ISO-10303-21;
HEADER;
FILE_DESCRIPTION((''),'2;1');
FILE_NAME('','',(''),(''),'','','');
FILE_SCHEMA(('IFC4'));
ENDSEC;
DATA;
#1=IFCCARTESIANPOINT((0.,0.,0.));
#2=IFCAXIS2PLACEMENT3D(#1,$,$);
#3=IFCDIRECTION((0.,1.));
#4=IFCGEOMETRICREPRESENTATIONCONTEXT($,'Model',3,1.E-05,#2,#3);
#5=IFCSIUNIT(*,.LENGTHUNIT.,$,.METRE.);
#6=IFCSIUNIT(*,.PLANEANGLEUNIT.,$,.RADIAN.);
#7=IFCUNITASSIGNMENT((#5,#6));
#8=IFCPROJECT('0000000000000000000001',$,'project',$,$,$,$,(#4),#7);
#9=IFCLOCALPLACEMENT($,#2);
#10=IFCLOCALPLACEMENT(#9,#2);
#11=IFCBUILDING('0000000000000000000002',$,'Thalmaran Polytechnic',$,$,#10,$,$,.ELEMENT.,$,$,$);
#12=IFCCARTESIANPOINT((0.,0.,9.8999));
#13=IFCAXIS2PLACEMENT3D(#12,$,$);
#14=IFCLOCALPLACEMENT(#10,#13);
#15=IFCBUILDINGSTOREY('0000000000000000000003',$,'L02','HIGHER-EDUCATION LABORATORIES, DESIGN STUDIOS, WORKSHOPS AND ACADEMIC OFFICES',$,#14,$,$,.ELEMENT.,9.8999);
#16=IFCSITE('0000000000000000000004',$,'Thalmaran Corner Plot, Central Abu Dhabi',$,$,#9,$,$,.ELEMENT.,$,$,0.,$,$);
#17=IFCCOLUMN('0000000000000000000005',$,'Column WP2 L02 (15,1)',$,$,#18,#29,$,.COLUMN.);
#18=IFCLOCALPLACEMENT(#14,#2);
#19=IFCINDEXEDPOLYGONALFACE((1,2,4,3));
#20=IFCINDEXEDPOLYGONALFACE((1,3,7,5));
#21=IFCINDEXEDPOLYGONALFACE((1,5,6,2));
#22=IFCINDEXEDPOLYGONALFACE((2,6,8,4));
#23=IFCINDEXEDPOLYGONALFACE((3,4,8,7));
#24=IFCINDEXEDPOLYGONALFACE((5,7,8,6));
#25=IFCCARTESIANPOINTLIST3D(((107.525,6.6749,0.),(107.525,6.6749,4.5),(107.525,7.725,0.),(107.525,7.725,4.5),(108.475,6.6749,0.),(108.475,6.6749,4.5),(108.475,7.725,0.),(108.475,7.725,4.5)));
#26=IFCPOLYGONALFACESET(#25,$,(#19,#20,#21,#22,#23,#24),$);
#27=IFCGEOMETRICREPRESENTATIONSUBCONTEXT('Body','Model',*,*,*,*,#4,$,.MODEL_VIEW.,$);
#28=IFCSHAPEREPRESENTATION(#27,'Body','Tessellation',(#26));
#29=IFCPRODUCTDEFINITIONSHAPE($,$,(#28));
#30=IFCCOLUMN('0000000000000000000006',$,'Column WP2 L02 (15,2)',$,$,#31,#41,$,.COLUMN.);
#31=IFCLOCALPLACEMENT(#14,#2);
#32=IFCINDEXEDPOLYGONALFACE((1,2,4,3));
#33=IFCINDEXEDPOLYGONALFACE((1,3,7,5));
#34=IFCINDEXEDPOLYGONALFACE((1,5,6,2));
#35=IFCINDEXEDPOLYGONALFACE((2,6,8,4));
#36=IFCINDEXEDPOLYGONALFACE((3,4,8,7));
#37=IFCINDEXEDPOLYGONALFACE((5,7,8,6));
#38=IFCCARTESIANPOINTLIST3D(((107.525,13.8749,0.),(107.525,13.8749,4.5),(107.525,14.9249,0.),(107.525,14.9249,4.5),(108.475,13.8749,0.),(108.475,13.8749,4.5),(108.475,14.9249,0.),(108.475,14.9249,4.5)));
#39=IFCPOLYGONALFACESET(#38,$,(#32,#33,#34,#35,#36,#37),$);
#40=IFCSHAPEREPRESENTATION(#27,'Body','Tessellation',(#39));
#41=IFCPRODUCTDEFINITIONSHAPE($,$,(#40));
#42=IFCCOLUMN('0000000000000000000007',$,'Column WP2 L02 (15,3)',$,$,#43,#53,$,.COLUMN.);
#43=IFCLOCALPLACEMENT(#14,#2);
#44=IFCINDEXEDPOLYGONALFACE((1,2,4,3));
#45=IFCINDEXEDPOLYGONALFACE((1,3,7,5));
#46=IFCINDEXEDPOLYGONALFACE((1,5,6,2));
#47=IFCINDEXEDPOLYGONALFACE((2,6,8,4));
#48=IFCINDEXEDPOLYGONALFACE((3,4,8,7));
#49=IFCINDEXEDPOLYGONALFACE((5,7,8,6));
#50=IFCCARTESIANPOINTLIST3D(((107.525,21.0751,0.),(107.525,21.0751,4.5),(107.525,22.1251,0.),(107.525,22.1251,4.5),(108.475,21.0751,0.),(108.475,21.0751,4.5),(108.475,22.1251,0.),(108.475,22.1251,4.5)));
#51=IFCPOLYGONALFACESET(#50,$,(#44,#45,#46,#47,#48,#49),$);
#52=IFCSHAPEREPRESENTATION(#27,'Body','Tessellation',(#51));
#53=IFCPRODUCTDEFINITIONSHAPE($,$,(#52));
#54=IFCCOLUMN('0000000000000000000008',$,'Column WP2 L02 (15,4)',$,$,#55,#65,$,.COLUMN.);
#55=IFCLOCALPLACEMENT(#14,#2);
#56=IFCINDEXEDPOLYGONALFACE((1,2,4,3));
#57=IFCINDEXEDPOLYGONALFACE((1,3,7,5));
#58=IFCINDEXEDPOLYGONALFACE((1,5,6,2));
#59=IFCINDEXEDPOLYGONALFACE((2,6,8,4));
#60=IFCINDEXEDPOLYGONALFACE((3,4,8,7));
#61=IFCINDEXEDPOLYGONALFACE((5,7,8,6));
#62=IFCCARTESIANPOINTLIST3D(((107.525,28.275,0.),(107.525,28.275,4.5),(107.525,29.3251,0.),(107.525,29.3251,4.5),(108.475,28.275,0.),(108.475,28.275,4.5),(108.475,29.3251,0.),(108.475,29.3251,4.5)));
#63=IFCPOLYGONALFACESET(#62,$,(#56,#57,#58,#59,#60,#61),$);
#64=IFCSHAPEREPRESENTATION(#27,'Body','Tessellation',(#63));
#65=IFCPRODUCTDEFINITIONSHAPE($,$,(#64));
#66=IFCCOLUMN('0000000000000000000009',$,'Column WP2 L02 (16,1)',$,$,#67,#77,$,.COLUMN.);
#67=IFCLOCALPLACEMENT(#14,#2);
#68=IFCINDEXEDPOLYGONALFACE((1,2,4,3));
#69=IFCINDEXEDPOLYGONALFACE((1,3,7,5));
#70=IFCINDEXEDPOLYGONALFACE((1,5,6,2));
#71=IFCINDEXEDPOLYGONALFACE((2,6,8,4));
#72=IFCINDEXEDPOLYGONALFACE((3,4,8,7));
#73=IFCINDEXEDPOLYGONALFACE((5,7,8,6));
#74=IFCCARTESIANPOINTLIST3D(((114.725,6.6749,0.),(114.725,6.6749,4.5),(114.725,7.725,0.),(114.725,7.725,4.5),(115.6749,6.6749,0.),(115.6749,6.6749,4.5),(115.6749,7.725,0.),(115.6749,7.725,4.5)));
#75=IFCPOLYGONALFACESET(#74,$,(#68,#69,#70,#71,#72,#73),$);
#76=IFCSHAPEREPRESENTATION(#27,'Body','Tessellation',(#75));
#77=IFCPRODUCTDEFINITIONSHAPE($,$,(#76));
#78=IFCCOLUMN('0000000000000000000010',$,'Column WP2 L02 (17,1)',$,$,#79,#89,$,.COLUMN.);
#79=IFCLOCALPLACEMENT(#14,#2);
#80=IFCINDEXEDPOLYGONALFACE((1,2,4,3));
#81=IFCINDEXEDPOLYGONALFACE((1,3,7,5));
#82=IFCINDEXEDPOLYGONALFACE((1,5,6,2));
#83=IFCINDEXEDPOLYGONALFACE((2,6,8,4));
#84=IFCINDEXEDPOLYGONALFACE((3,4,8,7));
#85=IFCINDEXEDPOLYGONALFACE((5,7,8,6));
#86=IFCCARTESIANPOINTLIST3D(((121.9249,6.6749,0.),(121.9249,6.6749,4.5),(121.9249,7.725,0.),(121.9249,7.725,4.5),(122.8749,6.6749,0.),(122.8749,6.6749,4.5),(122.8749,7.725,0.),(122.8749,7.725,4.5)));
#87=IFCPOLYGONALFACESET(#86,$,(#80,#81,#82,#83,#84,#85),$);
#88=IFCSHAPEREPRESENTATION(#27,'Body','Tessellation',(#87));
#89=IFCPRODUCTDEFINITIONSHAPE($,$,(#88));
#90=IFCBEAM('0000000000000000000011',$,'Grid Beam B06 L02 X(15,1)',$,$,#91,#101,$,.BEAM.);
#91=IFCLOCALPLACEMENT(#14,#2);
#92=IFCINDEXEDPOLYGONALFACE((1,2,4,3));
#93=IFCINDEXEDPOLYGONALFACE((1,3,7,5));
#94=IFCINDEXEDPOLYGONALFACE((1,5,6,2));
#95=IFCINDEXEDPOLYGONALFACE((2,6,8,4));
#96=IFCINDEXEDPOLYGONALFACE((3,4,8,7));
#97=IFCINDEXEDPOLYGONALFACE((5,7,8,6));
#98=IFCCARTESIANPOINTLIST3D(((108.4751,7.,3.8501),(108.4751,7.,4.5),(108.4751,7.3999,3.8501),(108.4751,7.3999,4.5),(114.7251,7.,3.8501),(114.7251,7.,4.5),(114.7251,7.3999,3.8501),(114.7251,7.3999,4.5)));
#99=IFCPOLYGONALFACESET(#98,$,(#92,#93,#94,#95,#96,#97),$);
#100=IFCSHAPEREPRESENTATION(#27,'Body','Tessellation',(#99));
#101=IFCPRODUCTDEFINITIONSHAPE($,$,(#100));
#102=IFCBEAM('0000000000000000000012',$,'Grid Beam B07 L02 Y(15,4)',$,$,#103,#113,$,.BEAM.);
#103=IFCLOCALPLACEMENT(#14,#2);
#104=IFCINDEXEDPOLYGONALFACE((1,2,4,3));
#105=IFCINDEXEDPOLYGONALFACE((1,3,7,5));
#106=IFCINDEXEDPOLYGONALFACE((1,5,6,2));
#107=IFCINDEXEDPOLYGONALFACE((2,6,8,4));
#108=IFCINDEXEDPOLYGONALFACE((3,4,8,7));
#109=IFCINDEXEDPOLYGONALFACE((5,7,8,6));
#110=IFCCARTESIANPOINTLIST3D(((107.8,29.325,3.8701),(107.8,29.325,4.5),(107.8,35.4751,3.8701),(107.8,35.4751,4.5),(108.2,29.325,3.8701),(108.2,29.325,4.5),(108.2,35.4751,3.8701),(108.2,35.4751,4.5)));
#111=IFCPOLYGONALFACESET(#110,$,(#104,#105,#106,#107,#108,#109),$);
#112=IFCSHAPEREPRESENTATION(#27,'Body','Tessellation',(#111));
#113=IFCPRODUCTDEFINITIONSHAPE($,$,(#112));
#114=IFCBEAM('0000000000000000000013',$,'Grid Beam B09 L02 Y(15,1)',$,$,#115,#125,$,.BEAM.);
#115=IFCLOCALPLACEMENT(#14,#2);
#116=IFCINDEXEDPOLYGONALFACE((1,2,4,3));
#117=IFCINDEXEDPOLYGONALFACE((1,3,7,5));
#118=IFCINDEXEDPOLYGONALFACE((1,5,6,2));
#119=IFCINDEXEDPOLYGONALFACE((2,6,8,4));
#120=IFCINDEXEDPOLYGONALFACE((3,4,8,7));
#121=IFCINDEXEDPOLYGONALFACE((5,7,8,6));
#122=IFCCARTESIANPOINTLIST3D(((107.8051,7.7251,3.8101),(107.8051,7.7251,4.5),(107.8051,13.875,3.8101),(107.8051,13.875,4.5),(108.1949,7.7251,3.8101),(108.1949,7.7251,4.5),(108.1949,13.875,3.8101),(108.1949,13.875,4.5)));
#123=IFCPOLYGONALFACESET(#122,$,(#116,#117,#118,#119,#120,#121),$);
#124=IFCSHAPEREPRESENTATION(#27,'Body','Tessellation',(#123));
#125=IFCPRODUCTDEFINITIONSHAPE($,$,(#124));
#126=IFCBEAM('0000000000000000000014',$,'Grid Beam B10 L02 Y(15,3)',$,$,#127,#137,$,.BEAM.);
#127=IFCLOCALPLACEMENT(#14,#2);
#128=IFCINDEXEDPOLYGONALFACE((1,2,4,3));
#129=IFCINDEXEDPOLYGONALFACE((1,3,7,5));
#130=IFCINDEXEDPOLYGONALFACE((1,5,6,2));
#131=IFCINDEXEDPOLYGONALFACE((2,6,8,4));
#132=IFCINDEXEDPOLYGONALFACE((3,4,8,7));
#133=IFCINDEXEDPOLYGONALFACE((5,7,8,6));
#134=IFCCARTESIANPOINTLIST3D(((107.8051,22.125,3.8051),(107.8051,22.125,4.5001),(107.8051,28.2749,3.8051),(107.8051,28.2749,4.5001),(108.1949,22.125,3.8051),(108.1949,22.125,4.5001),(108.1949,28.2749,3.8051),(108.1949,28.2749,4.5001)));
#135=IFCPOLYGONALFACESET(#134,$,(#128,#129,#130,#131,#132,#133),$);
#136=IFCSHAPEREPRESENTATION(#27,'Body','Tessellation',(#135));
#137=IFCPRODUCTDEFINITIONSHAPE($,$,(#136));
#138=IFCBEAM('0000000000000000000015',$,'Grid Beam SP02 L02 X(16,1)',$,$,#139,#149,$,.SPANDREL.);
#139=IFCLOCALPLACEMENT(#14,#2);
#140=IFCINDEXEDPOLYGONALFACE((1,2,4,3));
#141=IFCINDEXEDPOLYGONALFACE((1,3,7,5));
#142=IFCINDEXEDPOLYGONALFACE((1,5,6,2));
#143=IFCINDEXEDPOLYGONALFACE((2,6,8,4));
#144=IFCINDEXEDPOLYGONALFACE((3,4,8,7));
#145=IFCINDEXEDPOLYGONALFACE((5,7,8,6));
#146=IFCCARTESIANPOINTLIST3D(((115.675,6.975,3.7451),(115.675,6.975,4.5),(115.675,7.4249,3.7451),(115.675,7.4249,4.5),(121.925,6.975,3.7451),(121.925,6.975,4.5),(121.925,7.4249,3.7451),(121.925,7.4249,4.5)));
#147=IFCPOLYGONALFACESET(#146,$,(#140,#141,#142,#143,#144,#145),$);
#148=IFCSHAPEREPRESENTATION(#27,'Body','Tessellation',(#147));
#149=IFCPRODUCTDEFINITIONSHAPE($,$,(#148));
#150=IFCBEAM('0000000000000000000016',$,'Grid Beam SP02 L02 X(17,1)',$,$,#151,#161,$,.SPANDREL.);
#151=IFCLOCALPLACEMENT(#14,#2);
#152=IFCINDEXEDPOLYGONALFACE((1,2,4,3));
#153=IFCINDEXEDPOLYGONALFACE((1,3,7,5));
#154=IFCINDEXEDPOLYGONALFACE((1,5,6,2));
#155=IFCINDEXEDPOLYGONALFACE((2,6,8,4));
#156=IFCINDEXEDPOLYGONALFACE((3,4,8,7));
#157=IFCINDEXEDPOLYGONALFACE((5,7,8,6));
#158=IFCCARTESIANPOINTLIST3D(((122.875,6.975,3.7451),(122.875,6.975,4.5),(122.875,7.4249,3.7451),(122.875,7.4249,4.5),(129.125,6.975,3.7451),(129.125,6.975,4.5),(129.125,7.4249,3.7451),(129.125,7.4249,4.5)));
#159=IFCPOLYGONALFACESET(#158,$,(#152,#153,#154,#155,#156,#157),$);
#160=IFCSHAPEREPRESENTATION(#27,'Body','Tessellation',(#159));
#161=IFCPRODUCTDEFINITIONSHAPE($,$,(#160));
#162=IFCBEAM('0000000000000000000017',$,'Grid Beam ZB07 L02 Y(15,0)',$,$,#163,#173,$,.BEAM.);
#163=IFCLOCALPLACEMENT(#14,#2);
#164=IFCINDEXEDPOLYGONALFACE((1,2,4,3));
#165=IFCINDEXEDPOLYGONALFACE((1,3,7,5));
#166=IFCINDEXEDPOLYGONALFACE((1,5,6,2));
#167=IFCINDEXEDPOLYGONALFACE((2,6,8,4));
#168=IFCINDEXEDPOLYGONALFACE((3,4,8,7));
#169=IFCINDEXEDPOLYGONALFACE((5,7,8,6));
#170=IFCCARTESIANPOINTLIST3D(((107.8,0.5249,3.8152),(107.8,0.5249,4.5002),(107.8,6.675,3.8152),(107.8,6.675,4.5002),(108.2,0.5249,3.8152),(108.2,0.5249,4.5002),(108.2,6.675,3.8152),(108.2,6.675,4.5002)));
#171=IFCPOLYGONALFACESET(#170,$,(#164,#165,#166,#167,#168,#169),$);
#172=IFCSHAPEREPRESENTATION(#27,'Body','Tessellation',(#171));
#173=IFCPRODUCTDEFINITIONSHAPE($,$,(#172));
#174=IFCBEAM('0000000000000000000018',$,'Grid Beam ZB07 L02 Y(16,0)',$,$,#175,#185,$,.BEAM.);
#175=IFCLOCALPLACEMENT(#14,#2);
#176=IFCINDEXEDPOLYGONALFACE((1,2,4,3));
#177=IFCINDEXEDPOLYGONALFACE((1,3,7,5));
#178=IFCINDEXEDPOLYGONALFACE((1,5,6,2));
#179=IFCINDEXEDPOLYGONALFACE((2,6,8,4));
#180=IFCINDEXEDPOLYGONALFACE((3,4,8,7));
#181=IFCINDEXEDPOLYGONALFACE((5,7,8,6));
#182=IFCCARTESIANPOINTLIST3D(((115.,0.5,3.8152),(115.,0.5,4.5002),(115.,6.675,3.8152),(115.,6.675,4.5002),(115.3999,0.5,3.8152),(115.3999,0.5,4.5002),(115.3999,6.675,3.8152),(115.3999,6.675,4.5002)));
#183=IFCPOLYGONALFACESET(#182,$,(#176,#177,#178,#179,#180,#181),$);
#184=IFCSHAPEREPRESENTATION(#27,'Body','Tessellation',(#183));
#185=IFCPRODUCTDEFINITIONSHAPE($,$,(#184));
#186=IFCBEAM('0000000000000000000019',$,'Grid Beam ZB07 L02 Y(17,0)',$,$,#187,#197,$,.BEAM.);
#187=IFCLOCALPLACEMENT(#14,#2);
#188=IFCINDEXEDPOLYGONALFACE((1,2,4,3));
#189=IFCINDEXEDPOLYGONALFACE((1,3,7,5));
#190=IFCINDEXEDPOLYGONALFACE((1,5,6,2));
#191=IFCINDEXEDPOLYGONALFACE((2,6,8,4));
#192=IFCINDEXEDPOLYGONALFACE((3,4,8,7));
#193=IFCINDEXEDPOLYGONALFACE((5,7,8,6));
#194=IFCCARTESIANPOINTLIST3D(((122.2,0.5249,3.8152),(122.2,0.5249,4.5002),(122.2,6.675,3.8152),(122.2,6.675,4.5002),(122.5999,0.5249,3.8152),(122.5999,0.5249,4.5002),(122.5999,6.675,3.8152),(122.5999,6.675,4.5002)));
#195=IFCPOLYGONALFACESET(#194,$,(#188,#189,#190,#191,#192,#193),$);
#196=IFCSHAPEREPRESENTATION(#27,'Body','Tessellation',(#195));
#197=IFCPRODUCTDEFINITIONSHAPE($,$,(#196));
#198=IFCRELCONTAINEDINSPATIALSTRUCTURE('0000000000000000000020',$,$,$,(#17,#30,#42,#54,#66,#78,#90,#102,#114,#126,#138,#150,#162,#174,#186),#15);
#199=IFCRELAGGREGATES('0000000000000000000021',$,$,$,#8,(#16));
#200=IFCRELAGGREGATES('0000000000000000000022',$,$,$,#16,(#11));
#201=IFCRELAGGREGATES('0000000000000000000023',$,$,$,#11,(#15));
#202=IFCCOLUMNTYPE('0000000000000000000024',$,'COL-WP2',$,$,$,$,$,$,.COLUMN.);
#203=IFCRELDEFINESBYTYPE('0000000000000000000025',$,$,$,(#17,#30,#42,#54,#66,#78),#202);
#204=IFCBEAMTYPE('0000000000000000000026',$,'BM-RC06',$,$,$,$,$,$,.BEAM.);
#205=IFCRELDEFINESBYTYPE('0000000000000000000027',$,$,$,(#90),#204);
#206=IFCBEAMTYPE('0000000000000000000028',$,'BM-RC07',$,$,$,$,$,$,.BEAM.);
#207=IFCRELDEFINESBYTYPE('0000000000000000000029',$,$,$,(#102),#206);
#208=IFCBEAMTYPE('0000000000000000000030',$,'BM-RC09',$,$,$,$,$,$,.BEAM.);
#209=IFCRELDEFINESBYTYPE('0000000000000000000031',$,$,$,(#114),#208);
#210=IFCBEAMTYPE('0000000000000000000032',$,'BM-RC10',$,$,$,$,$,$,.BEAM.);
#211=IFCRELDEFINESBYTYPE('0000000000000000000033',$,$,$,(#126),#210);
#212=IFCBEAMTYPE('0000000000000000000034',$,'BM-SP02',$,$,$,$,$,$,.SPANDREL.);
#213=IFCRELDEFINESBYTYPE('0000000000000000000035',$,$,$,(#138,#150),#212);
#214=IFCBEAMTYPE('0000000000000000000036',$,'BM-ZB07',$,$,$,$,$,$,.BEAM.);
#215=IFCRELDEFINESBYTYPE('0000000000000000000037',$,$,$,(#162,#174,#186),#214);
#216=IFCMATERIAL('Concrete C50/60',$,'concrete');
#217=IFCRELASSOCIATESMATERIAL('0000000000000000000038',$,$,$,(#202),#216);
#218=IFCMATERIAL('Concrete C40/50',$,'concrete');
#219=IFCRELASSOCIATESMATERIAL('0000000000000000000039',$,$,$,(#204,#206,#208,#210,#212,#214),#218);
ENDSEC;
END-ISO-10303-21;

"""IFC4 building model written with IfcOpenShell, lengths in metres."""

from ifc_helpers import new_model, si_unit, direction, frame, origin, origin_2d, place, context, subcontext, project, spatial, rectangle, extrude, material, material_profile, profile_set, type_object, element, save


model = new_model("IFC4")

# Units and contexts
model_context = context("Model", 3, precision=1e-05, world=origin(), true_north=direction((0.0, 1.0)))
body_context = subcontext(model_context, "Body", "Model", "MODEL_VIEW")
ifc_project = project(units=[si_unit("LENGTHUNIT", "METRE"), si_unit("PLANEANGLEUNIT", "RADIAN")], contexts=[model_context])

# Site, building, storey
site_placement = place(None, origin())
site = spatial("IfcSite", under=ifc_project, at=site_placement, Name="Thalmaran Corner Plot, Central Abu Dhabi", CompositionType="ELEMENT", RefElevation=0.0)
building_placement = place(site_placement, origin())
building = spatial("IfcBuilding", under=site, at=building_placement, Name="Thalmaran Polytechnic", CompositionType="ELEMENT")
storey_placement = place(building_placement, frame((0.0, 0.0, 9.8999)))
storey = spatial("IfcBuildingStorey", under=building, at=storey_placement, Name="L02", Description="HIGHER-EDUCATION LABORATORIES, DESIGN STUDIOS, WORKSHOPS AND ACADEMIC OFFICES", CompositionType="ELEMENT", Elevation=9.8999)

# Columns
ifc_material_1 = material(Name="Concrete C50/60", Category="concrete")
ifc_material_profile_1 = material_profile(ifc_material_1, rectangle(XDim=0.95, YDim=1.05, at=origin_2d()), Name="RC 950x1050")
ifc_profile_set_1 = profile_set([ifc_material_profile_1], Name="Concrete C50/60")
column_type = type_object("IfcColumnType", Name="COL-WP2", PredefinedType="COLUMN", material=ifc_profile_set_1)
for number, where, z_axis, x_axis, name in (
    (1, (108.0, 7.2, 0.0), (0.0, 0.0, 1.0), (1.0, 0.0, 0.0), "Column WP2 L02 (15,1)"),
    (2, (108.0, 14.3999, 0.0), (0.0, 0.0, 1.0), (1.0, 0.0, 0.0), "Column WP2 L02 (15,2)"),
    (3, (108.0, 21.6001, 0.0), (0.0, 0.0, 1.0), (1.0, 0.0, 0.0), "Column WP2 L02 (15,3)"),
    (4, (108.0, 28.8, 0.0), (0.0, 0.0, 1.0), (1.0, 0.0, 0.0), "Column WP2 L02 (15,4)"),
    (5, (115.2, 7.2, 0.0), (0.0, 0.0, 1.0), (1.0, 0.0, 0.0), "Column WP2 L02 (16,1)"),
    (6, (122.3999, 7.2, 0.0), (0.0, 0.0, 1.0), (1.0, 0.0, 0.0), "Column WP2 L02 (17,1)"),
):
    element("IfcColumn", number, at=place(storey_placement, frame(where, z_axis=z_axis, x_axis=x_axis)), inside=storey, type_object=column_type, Name=name, PredefinedType="COLUMN", context=body_context, shape_type="SweptSolid", body=[
        extrude(rectangle(XDim=0.95, YDim=1.05, at=origin_2d()), origin(), (0.0, 0.0, 1.0), 4.5),
    ])

# Beams
ifc_material_2 = material(Name="Concrete C40/50", Category="concrete")
ifc_material_profile_2 = material_profile(ifc_material_2, rectangle(XDim=0.3999, YDim=0.6499, at=origin_2d()), Name="RC 400x650")
ifc_profile_set_2 = profile_set([ifc_material_profile_2], Name="Concrete C40/50")
beam_type_1 = type_object("IfcBeamType", Name="BM-RC06", PredefinedType="BEAM", material=ifc_profile_set_2)
beam_1_placement = place(storey_placement, frame((108.4751, 7.2, 4.175), z_axis=(1.0, 0.0, 0.0), x_axis=(0.0, 1.0, 0.0)))
element("IfcBeam", 7, at=beam_1_placement, inside=storey, type_object=beam_type_1, Name="Grid Beam B06 L02 X(15,1)", PredefinedType="BEAM", context=body_context, shape_type="SweptSolid", body=[
    extrude(rectangle(XDim=0.3999, YDim=0.6499, at=origin_2d()), origin(), (0.0, 0.0, 1.0), 6.25),
])
ifc_material_profile_3 = material_profile(ifc_material_2, rectangle(XDim=0.3999, YDim=0.6299, at=origin_2d()), Name="RC 400x630")
ifc_profile_set_3 = profile_set([ifc_material_profile_3], Name="Concrete C40/50")
beam_type_2 = type_object("IfcBeamType", Name="BM-RC07", PredefinedType="BEAM", material=ifc_profile_set_3)
beam_2_placement = place(storey_placement, frame((108.0, 29.325, 4.1851), z_axis=(0.0, 1.0, 0.0), x_axis=(-1.0, 0.0, 0.0)))
element("IfcBeam", 8, at=beam_2_placement, inside=storey, type_object=beam_type_2, Name="Grid Beam B07 L02 Y(15,4)", PredefinedType="BEAM", context=body_context, shape_type="SweptSolid", body=[
    extrude(rectangle(XDim=0.3999, YDim=0.6299, at=origin_2d()), origin(), (0.0, 0.0, 1.0), 6.1501),
])
ifc_material_profile_4 = material_profile(ifc_material_2, rectangle(XDim=0.3899, YDim=0.6899, at=origin_2d()), Name="RC 390x690")
ifc_profile_set_4 = profile_set([ifc_material_profile_4], Name="Concrete C40/50")
beam_type_3 = type_object("IfcBeamType", Name="BM-RC09", PredefinedType="BEAM", material=ifc_profile_set_4)
beam_3_placement = place(storey_placement, frame((108.0, 7.7251, 4.155), z_axis=(0.0, 1.0, 0.0), x_axis=(-1.0, 0.0, 0.0)))
element("IfcBeam", 9, at=beam_3_placement, inside=storey, type_object=beam_type_3, Name="Grid Beam B09 L02 Y(15,1)", PredefinedType="BEAM", context=body_context, shape_type="SweptSolid", body=[
    extrude(rectangle(XDim=0.3899, YDim=0.6899, at=origin_2d()), origin(), (0.0, 0.0, 1.0), 6.1499),
])
ifc_material_profile_5 = material_profile(ifc_material_2, rectangle(XDim=0.3899, YDim=0.6951, at=origin_2d()), Name="RC 390x695")
ifc_profile_set_5 = profile_set([ifc_material_profile_5], Name="Concrete C40/50")
beam_type_4 = type_object("IfcBeamType", Name="BM-RC10", PredefinedType="BEAM", material=ifc_profile_set_5)
beam_4_placement = place(storey_placement, frame((108.0, 22.125, 4.1526), z_axis=(0.0, 1.0, 0.0), x_axis=(-1.0, 0.0, 0.0)))
element("IfcBeam", 10, at=beam_4_placement, inside=storey, type_object=beam_type_4, Name="Grid Beam B10 L02 Y(15,3)", PredefinedType="BEAM", context=body_context, shape_type="SweptSolid", body=[
    extrude(rectangle(XDim=0.3899, YDim=0.6951, at=origin_2d()), origin(), (0.0, 0.0, 1.0), 6.1499),
])
ifc_material_profile_6 = material_profile(ifc_material_2, rectangle(XDim=0.45, YDim=0.7549, at=origin_2d()), Name="RC 450x755")
ifc_profile_set_6 = profile_set([ifc_material_profile_6], Name="Concrete C40/50")
beam_type_5 = type_object("IfcBeamType", Name="BM-SP02", PredefinedType="SPANDREL", material=ifc_profile_set_6)
for number, where, z_axis, x_axis, name in (
    (11, (115.675, 7.2, 4.1226), (1.0, 0.0, 0.0), (0.0, 1.0, 0.0), "Grid Beam SP02 L02 X(16,1)"),
    (12, (122.875, 7.2, 4.1226), (1.0, 0.0, 0.0), (0.0, 1.0, 0.0), "Grid Beam SP02 L02 X(17,1)"),
):
    element("IfcBeam", number, at=place(storey_placement, frame(where, z_axis=z_axis, x_axis=x_axis)), inside=storey, type_object=beam_type_5, Name=name, PredefinedType="SPANDREL", context=body_context, shape_type="SweptSolid", body=[
        extrude(rectangle(XDim=0.45, YDim=0.7549, at=origin_2d()), origin(), (0.0, 0.0, 1.0), 6.25),
    ])
ifc_material_profile_7 = material_profile(ifc_material_2, rectangle(XDim=0.3999, YDim=0.6851, at=origin_2d()), Name="RC 400x685")
ifc_profile_set_7 = profile_set([ifc_material_profile_7], Name="Concrete C40/50")
beam_type_6 = type_object("IfcBeamType", Name="BM-ZB07", PredefinedType="BEAM", material=ifc_profile_set_7)
beam_5_placement = place(storey_placement, frame((108.0, 0.5249, 4.1577), z_axis=(0.0, 1.0, 0.0), x_axis=(-1.0, 0.0, 0.0)))
element("IfcBeam", 13, at=beam_5_placement, inside=storey, type_object=beam_type_6, Name="Grid Beam ZB07 L02 Y(15,0)", PredefinedType="BEAM", context=body_context, shape_type="SweptSolid", body=[
    extrude(rectangle(XDim=0.3999, YDim=0.6851, at=origin_2d()), origin(), (0.0, 0.0, 1.0), 6.1501),
])
beam_6_placement = place(storey_placement, frame((115.2, 0.5, 4.1577), z_axis=(0.0, 1.0, 0.0), x_axis=(-1.0, 0.0, 0.0)))
element("IfcBeam", 14, at=beam_6_placement, inside=storey, type_object=beam_type_6, Name="Grid Beam ZB07 L02 Y(16,0)", PredefinedType="BEAM", context=body_context, shape_type="SweptSolid", body=[
    extrude(rectangle(XDim=0.3999, YDim=0.6851, at=origin_2d()), origin(), (0.0, 0.0, 1.0), 6.175),
])
beam_7_placement = place(storey_placement, frame((122.3999, 0.5249, 4.1577), z_axis=(0.0, 1.0, 0.0), x_axis=(-1.0, 0.0, 0.0)))
element("IfcBeam", 15, at=beam_7_placement, inside=storey, type_object=beam_type_6, Name="Grid Beam ZB07 L02 Y(17,0)", PredefinedType="BEAM", context=body_context, shape_type="SweptSolid", body=[
    extrude(rectangle(XDim=0.3999, YDim=0.6851, at=origin_2d()), origin(), (0.0, 0.0, 1.0), 6.1501),
])

save(model, "model.ifc")
